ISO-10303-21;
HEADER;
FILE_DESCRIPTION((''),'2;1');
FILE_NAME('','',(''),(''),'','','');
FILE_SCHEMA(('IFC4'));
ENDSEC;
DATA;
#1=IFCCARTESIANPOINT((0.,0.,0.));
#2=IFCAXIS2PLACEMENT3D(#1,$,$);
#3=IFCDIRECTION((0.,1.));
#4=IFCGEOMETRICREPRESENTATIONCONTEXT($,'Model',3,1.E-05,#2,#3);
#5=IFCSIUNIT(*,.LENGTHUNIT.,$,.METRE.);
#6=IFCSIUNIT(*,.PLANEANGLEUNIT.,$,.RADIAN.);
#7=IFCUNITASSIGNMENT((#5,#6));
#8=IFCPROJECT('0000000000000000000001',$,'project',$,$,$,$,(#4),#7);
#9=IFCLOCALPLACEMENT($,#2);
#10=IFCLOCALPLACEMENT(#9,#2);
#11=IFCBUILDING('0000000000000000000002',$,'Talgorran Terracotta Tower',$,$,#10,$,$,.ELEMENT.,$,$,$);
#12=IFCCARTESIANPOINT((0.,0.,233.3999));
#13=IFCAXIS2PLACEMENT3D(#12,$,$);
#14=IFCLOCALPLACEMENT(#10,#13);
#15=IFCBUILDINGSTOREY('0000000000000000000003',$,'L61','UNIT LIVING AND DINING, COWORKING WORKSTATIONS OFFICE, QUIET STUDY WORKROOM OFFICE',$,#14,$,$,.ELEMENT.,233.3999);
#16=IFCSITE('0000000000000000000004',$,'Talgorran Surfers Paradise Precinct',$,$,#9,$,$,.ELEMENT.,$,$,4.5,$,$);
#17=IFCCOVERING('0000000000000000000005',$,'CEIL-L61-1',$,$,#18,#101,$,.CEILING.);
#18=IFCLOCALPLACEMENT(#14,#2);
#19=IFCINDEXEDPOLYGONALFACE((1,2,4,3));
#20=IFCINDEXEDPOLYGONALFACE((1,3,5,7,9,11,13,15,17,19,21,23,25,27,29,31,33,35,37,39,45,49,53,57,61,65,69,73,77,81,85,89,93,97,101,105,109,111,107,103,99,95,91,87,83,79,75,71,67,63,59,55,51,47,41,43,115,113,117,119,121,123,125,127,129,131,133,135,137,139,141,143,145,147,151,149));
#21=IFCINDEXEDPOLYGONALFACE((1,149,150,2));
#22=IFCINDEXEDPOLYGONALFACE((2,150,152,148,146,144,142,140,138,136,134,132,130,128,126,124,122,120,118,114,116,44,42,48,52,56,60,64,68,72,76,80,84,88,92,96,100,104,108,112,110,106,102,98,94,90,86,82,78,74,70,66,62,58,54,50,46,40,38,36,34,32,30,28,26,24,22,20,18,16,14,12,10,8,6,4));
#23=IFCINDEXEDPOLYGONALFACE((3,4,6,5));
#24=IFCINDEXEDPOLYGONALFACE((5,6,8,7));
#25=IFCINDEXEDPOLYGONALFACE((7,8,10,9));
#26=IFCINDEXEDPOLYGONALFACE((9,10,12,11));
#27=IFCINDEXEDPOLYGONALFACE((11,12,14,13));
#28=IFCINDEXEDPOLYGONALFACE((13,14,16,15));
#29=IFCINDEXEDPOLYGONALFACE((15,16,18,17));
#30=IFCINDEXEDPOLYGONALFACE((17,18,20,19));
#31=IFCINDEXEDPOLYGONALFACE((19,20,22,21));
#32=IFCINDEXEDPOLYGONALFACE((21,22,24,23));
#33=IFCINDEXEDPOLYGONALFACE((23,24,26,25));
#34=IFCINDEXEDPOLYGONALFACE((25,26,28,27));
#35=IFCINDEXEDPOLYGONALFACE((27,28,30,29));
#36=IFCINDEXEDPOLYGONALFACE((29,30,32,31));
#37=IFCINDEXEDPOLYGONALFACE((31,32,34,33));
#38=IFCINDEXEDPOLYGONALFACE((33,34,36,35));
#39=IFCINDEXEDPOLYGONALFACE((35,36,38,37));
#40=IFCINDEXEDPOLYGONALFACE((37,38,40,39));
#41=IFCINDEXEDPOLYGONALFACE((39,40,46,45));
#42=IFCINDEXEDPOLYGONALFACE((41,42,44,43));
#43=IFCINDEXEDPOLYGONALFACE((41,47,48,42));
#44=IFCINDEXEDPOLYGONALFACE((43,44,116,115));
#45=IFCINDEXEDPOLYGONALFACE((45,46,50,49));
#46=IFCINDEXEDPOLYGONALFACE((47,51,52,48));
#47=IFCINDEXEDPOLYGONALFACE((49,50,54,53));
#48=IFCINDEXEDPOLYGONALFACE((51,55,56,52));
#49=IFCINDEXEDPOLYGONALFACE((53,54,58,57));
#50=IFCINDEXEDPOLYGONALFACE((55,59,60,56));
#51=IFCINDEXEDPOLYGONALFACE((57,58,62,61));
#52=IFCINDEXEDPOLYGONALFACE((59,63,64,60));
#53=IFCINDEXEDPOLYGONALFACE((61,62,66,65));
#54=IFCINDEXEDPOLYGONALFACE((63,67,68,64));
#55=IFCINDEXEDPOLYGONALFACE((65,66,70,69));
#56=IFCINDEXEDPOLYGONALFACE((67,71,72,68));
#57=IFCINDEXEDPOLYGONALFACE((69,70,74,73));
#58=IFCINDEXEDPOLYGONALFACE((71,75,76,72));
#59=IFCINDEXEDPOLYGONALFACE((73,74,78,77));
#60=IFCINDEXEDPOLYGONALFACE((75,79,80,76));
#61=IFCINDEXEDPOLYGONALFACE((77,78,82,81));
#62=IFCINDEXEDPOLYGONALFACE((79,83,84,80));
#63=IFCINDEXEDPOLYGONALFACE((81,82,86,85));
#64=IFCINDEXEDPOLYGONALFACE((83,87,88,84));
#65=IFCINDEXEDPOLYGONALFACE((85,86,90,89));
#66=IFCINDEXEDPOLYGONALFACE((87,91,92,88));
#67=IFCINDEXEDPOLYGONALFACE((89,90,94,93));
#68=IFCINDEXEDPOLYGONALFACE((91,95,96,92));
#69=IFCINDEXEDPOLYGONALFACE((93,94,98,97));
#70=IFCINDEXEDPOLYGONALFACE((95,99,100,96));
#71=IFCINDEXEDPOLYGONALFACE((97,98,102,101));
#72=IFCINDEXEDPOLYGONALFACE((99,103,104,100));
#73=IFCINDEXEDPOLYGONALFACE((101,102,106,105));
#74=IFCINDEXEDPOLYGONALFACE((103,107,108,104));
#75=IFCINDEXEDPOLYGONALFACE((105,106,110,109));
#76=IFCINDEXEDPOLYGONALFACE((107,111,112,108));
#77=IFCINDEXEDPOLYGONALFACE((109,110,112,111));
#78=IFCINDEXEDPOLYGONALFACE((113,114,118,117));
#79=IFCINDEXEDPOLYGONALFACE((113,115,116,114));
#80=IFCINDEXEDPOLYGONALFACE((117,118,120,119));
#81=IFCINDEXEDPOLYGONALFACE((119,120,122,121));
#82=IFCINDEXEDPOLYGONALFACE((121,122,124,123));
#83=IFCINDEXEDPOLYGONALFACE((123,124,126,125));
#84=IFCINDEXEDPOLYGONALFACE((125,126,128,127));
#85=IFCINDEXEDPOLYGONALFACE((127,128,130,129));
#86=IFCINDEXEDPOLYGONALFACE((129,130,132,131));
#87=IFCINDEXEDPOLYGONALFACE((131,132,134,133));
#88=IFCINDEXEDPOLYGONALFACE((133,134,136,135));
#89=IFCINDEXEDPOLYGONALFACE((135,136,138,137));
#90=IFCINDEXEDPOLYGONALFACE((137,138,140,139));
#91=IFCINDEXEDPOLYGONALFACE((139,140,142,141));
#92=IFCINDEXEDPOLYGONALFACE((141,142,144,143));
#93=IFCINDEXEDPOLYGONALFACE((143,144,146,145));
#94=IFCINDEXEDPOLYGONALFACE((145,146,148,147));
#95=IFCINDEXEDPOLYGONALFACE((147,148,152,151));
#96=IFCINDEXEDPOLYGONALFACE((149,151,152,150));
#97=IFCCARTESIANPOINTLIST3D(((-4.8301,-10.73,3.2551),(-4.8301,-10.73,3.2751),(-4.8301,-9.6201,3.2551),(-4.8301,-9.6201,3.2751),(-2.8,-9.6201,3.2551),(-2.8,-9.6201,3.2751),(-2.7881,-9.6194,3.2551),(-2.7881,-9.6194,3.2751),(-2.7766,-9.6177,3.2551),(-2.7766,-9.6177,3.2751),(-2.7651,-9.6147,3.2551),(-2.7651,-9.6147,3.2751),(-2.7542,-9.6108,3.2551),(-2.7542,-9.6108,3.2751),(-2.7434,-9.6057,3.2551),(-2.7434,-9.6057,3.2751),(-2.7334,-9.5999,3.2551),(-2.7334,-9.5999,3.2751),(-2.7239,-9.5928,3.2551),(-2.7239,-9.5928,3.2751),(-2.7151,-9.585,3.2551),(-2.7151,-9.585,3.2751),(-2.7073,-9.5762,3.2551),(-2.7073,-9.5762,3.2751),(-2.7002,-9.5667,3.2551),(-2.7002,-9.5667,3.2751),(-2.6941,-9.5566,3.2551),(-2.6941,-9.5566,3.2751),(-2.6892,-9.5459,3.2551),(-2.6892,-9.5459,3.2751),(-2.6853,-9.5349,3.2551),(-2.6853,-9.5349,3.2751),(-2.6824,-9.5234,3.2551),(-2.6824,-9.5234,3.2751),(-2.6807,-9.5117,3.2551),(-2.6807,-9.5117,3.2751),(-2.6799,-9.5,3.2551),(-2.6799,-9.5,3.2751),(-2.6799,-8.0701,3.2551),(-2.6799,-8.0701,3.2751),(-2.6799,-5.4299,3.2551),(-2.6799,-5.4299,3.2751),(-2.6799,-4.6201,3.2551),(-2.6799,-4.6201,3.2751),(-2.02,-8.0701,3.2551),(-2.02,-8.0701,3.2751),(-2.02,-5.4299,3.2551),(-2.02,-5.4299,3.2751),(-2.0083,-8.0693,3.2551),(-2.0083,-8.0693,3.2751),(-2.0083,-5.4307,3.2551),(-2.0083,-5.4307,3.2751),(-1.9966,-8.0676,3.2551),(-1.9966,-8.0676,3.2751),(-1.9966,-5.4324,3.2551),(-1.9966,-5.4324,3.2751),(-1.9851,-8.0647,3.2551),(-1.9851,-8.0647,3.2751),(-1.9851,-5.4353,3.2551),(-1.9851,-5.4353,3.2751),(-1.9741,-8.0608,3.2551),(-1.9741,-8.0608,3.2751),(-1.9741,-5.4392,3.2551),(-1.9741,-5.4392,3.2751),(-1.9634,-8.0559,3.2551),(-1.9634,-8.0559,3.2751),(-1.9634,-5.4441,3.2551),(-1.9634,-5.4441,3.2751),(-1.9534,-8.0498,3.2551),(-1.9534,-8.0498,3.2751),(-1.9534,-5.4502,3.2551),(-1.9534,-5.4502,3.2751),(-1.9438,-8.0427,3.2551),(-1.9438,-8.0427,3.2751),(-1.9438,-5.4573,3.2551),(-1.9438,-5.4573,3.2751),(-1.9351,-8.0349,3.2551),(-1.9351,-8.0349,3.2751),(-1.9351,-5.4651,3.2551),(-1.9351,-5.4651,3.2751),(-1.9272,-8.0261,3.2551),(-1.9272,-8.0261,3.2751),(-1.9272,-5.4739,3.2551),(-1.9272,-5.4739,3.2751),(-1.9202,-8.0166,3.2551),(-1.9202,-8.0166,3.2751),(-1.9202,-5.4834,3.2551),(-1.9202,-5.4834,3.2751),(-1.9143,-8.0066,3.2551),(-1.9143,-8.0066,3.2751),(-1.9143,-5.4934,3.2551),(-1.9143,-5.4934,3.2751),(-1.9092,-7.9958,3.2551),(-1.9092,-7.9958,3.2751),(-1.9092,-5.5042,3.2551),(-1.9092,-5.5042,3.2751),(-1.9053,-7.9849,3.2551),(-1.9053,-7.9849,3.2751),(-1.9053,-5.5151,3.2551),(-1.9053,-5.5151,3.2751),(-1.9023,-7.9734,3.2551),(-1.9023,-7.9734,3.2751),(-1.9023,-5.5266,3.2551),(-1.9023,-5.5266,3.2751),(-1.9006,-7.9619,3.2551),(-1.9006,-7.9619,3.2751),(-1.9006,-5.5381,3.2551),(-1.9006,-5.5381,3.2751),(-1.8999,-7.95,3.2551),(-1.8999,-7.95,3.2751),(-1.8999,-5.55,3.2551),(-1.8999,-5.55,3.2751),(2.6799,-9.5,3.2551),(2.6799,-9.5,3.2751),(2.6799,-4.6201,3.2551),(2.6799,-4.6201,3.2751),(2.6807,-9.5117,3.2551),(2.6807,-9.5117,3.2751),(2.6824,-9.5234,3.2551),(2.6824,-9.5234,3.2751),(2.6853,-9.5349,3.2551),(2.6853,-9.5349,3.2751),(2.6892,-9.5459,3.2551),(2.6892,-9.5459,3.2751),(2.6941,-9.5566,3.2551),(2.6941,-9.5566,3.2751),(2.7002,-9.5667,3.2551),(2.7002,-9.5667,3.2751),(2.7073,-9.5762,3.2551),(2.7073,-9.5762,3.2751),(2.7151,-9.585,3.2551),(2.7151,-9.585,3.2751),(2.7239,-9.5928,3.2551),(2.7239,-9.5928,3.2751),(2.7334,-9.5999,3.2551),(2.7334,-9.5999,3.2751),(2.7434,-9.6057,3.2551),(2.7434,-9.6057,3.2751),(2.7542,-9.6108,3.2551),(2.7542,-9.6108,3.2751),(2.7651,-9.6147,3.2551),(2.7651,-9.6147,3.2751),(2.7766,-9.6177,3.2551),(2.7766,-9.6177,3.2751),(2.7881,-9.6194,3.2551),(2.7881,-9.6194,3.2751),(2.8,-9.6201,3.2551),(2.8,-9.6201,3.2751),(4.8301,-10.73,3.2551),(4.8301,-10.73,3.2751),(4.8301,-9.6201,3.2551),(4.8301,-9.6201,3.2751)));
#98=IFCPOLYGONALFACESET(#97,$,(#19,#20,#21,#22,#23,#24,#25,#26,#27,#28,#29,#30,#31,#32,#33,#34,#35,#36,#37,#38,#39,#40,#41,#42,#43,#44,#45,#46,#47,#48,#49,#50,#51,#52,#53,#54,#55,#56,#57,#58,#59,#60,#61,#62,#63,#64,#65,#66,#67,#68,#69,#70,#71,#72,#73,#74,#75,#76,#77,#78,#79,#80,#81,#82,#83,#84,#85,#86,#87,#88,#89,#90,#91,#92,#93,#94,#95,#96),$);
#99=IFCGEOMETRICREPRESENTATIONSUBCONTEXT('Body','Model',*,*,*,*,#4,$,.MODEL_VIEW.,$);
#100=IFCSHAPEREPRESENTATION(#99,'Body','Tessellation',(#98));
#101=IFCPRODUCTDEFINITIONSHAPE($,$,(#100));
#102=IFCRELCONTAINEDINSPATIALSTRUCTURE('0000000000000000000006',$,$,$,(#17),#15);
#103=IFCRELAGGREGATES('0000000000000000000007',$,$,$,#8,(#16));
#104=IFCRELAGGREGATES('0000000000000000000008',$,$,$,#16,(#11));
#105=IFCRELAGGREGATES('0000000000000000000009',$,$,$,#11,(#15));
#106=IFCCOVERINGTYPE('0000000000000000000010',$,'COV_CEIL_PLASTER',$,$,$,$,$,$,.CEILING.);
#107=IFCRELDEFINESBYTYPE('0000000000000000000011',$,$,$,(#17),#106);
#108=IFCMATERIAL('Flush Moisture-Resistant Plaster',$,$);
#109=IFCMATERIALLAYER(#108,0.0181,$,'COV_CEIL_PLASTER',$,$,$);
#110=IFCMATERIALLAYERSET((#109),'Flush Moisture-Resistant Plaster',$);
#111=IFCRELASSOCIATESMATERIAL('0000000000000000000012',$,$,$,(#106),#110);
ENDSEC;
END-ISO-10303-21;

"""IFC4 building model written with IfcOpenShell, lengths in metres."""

from ifc_helpers import new_model, si_unit, direction, frame, origin, place, context, subcontext, project, spatial, polyline, outline, extrude, material, layer, layer_set, type_object, element, save


model = new_model("IFC4")

# Units and contexts
model_context = context("Model", 3, precision=1e-05, world=origin(), true_north=direction((0.0, 1.0)))
body_context = subcontext(model_context, "Body", "Model", "MODEL_VIEW")
ifc_project = project(units=[si_unit("LENGTHUNIT", "METRE"), si_unit("PLANEANGLEUNIT", "RADIAN")], contexts=[model_context])

# Site, building, storey
site_placement = place(None, origin())
site = spatial("IfcSite", under=ifc_project, at=site_placement, Name="Talgorran Surfers Paradise Precinct", CompositionType="ELEMENT", RefElevation=4.5)
building_placement = place(site_placement, origin())
building = spatial("IfcBuilding", under=site, at=building_placement, Name="Talgorran Terracotta Tower", CompositionType="ELEMENT")
storey_placement = place(building_placement, frame((0.0, 0.0, 233.3999)))
storey = spatial("IfcBuildingStorey", under=building, at=storey_placement, Name="L61", Description="UNIT LIVING AND DINING, COWORKING WORKSTATIONS OFFICE, QUIET STUDY WORKROOM OFFICE", CompositionType="ELEMENT", Elevation=233.3999)

# Covering
ifc_material_1 = material(Name="Flush Moisture-Resistant Plaster")
ifc_layer_1 = layer(ifc_material_1, 0.0181, Name="COV_CEIL_PLASTER")
ifc_layer_set_1 = layer_set([ifc_layer_1], Name="Flush Moisture-Resistant Plaster")
covering_type_1 = type_object("IfcCoveringType", Name="COV_CEIL_PLASTER", PredefinedType="CEILING", material=ifc_layer_set_1)
covering_1_placement = place(storey_placement, frame((0.0, 0.0, 3.2551)))
element("IfcCovering", 1, at=covering_1_placement, inside=storey, type_object=covering_type_1, Name="CEIL-L61-1", PredefinedType="CEILING", context=body_context, shape_type="SweptSolid", body=[
    extrude(outline(polyline([(2.6799, -4.6201), (2.6799, -9.5), (2.6807, -9.5117), (2.6824, -9.5234), (2.6853, -9.5349), (2.6892, -9.5459), (2.6941, -9.5566), (2.7002, -9.5667), (2.7073, -9.5762), (2.7151, -9.585), (2.7239, -9.5928), (2.7334, -9.5999), (2.7434, -9.6057), (2.7542, -9.6108), (2.7651, -9.6147), (2.7766, -9.6177), (2.7881, -9.6194), (2.8, -9.6201), (4.8301, -9.6201), (4.8301, -10.73), (-4.8301, -10.73), (-4.8301, -9.6201), (-2.8, -9.6201), (-2.7881, -9.6194), (-2.7766, -9.6177), (-2.7651, -9.6147), (-2.7542, -9.6108), (-2.7434, -9.6057), (-2.7334, -9.5999), (-2.7239, -9.5928), (-2.7151, -9.585), (-2.7073, -9.5762), (-2.7002, -9.5667), (-2.6941, -9.5566), (-2.6892, -9.5459), (-2.6853, -9.5349), (-2.6824, -9.5234), (-2.6807, -9.5117), (-2.6799, -9.5), (-2.6799, -8.0701), (-2.02, -8.0701), (-2.0083, -8.0693), (-1.9966, -8.0676), (-1.9851, -8.0647), (-1.9741, -8.0608), (-1.9634, -8.0559), (-1.9534, -8.0498), (-1.9438, -8.0427), (-1.9351, -8.0349), (-1.9272, -8.0261), (-1.9202, -8.0166), (-1.9143, -8.0066), (-1.9092, -7.9958), (-1.9053, -7.9849), (-1.9023, -7.9734), (-1.9006, -7.9619), (-1.8999, -7.95), (-1.8999, -5.55), (-1.9006, -5.5381), (-1.9023, -5.5266), (-1.9053, -5.5151), (-1.9092, -5.5042), (-1.9143, -5.4934), (-1.9202, -5.4834), (-1.9272, -5.4739), (-1.9351, -5.4651), (-1.9438, -5.4573), (-1.9534, -5.4502), (-1.9634, -5.4441), (-1.9741, -5.4392), (-1.9851, -5.4353), (-1.9966, -5.4324), (-2.0083, -5.4307), (-2.02, -5.4299), (-2.6799, -5.4299), (-2.6799, -4.6201), (2.6799, -4.6201)])), origin(), (0.0, 0.0, 1.0), 0.02),
])

save(model, "model.ifc")
